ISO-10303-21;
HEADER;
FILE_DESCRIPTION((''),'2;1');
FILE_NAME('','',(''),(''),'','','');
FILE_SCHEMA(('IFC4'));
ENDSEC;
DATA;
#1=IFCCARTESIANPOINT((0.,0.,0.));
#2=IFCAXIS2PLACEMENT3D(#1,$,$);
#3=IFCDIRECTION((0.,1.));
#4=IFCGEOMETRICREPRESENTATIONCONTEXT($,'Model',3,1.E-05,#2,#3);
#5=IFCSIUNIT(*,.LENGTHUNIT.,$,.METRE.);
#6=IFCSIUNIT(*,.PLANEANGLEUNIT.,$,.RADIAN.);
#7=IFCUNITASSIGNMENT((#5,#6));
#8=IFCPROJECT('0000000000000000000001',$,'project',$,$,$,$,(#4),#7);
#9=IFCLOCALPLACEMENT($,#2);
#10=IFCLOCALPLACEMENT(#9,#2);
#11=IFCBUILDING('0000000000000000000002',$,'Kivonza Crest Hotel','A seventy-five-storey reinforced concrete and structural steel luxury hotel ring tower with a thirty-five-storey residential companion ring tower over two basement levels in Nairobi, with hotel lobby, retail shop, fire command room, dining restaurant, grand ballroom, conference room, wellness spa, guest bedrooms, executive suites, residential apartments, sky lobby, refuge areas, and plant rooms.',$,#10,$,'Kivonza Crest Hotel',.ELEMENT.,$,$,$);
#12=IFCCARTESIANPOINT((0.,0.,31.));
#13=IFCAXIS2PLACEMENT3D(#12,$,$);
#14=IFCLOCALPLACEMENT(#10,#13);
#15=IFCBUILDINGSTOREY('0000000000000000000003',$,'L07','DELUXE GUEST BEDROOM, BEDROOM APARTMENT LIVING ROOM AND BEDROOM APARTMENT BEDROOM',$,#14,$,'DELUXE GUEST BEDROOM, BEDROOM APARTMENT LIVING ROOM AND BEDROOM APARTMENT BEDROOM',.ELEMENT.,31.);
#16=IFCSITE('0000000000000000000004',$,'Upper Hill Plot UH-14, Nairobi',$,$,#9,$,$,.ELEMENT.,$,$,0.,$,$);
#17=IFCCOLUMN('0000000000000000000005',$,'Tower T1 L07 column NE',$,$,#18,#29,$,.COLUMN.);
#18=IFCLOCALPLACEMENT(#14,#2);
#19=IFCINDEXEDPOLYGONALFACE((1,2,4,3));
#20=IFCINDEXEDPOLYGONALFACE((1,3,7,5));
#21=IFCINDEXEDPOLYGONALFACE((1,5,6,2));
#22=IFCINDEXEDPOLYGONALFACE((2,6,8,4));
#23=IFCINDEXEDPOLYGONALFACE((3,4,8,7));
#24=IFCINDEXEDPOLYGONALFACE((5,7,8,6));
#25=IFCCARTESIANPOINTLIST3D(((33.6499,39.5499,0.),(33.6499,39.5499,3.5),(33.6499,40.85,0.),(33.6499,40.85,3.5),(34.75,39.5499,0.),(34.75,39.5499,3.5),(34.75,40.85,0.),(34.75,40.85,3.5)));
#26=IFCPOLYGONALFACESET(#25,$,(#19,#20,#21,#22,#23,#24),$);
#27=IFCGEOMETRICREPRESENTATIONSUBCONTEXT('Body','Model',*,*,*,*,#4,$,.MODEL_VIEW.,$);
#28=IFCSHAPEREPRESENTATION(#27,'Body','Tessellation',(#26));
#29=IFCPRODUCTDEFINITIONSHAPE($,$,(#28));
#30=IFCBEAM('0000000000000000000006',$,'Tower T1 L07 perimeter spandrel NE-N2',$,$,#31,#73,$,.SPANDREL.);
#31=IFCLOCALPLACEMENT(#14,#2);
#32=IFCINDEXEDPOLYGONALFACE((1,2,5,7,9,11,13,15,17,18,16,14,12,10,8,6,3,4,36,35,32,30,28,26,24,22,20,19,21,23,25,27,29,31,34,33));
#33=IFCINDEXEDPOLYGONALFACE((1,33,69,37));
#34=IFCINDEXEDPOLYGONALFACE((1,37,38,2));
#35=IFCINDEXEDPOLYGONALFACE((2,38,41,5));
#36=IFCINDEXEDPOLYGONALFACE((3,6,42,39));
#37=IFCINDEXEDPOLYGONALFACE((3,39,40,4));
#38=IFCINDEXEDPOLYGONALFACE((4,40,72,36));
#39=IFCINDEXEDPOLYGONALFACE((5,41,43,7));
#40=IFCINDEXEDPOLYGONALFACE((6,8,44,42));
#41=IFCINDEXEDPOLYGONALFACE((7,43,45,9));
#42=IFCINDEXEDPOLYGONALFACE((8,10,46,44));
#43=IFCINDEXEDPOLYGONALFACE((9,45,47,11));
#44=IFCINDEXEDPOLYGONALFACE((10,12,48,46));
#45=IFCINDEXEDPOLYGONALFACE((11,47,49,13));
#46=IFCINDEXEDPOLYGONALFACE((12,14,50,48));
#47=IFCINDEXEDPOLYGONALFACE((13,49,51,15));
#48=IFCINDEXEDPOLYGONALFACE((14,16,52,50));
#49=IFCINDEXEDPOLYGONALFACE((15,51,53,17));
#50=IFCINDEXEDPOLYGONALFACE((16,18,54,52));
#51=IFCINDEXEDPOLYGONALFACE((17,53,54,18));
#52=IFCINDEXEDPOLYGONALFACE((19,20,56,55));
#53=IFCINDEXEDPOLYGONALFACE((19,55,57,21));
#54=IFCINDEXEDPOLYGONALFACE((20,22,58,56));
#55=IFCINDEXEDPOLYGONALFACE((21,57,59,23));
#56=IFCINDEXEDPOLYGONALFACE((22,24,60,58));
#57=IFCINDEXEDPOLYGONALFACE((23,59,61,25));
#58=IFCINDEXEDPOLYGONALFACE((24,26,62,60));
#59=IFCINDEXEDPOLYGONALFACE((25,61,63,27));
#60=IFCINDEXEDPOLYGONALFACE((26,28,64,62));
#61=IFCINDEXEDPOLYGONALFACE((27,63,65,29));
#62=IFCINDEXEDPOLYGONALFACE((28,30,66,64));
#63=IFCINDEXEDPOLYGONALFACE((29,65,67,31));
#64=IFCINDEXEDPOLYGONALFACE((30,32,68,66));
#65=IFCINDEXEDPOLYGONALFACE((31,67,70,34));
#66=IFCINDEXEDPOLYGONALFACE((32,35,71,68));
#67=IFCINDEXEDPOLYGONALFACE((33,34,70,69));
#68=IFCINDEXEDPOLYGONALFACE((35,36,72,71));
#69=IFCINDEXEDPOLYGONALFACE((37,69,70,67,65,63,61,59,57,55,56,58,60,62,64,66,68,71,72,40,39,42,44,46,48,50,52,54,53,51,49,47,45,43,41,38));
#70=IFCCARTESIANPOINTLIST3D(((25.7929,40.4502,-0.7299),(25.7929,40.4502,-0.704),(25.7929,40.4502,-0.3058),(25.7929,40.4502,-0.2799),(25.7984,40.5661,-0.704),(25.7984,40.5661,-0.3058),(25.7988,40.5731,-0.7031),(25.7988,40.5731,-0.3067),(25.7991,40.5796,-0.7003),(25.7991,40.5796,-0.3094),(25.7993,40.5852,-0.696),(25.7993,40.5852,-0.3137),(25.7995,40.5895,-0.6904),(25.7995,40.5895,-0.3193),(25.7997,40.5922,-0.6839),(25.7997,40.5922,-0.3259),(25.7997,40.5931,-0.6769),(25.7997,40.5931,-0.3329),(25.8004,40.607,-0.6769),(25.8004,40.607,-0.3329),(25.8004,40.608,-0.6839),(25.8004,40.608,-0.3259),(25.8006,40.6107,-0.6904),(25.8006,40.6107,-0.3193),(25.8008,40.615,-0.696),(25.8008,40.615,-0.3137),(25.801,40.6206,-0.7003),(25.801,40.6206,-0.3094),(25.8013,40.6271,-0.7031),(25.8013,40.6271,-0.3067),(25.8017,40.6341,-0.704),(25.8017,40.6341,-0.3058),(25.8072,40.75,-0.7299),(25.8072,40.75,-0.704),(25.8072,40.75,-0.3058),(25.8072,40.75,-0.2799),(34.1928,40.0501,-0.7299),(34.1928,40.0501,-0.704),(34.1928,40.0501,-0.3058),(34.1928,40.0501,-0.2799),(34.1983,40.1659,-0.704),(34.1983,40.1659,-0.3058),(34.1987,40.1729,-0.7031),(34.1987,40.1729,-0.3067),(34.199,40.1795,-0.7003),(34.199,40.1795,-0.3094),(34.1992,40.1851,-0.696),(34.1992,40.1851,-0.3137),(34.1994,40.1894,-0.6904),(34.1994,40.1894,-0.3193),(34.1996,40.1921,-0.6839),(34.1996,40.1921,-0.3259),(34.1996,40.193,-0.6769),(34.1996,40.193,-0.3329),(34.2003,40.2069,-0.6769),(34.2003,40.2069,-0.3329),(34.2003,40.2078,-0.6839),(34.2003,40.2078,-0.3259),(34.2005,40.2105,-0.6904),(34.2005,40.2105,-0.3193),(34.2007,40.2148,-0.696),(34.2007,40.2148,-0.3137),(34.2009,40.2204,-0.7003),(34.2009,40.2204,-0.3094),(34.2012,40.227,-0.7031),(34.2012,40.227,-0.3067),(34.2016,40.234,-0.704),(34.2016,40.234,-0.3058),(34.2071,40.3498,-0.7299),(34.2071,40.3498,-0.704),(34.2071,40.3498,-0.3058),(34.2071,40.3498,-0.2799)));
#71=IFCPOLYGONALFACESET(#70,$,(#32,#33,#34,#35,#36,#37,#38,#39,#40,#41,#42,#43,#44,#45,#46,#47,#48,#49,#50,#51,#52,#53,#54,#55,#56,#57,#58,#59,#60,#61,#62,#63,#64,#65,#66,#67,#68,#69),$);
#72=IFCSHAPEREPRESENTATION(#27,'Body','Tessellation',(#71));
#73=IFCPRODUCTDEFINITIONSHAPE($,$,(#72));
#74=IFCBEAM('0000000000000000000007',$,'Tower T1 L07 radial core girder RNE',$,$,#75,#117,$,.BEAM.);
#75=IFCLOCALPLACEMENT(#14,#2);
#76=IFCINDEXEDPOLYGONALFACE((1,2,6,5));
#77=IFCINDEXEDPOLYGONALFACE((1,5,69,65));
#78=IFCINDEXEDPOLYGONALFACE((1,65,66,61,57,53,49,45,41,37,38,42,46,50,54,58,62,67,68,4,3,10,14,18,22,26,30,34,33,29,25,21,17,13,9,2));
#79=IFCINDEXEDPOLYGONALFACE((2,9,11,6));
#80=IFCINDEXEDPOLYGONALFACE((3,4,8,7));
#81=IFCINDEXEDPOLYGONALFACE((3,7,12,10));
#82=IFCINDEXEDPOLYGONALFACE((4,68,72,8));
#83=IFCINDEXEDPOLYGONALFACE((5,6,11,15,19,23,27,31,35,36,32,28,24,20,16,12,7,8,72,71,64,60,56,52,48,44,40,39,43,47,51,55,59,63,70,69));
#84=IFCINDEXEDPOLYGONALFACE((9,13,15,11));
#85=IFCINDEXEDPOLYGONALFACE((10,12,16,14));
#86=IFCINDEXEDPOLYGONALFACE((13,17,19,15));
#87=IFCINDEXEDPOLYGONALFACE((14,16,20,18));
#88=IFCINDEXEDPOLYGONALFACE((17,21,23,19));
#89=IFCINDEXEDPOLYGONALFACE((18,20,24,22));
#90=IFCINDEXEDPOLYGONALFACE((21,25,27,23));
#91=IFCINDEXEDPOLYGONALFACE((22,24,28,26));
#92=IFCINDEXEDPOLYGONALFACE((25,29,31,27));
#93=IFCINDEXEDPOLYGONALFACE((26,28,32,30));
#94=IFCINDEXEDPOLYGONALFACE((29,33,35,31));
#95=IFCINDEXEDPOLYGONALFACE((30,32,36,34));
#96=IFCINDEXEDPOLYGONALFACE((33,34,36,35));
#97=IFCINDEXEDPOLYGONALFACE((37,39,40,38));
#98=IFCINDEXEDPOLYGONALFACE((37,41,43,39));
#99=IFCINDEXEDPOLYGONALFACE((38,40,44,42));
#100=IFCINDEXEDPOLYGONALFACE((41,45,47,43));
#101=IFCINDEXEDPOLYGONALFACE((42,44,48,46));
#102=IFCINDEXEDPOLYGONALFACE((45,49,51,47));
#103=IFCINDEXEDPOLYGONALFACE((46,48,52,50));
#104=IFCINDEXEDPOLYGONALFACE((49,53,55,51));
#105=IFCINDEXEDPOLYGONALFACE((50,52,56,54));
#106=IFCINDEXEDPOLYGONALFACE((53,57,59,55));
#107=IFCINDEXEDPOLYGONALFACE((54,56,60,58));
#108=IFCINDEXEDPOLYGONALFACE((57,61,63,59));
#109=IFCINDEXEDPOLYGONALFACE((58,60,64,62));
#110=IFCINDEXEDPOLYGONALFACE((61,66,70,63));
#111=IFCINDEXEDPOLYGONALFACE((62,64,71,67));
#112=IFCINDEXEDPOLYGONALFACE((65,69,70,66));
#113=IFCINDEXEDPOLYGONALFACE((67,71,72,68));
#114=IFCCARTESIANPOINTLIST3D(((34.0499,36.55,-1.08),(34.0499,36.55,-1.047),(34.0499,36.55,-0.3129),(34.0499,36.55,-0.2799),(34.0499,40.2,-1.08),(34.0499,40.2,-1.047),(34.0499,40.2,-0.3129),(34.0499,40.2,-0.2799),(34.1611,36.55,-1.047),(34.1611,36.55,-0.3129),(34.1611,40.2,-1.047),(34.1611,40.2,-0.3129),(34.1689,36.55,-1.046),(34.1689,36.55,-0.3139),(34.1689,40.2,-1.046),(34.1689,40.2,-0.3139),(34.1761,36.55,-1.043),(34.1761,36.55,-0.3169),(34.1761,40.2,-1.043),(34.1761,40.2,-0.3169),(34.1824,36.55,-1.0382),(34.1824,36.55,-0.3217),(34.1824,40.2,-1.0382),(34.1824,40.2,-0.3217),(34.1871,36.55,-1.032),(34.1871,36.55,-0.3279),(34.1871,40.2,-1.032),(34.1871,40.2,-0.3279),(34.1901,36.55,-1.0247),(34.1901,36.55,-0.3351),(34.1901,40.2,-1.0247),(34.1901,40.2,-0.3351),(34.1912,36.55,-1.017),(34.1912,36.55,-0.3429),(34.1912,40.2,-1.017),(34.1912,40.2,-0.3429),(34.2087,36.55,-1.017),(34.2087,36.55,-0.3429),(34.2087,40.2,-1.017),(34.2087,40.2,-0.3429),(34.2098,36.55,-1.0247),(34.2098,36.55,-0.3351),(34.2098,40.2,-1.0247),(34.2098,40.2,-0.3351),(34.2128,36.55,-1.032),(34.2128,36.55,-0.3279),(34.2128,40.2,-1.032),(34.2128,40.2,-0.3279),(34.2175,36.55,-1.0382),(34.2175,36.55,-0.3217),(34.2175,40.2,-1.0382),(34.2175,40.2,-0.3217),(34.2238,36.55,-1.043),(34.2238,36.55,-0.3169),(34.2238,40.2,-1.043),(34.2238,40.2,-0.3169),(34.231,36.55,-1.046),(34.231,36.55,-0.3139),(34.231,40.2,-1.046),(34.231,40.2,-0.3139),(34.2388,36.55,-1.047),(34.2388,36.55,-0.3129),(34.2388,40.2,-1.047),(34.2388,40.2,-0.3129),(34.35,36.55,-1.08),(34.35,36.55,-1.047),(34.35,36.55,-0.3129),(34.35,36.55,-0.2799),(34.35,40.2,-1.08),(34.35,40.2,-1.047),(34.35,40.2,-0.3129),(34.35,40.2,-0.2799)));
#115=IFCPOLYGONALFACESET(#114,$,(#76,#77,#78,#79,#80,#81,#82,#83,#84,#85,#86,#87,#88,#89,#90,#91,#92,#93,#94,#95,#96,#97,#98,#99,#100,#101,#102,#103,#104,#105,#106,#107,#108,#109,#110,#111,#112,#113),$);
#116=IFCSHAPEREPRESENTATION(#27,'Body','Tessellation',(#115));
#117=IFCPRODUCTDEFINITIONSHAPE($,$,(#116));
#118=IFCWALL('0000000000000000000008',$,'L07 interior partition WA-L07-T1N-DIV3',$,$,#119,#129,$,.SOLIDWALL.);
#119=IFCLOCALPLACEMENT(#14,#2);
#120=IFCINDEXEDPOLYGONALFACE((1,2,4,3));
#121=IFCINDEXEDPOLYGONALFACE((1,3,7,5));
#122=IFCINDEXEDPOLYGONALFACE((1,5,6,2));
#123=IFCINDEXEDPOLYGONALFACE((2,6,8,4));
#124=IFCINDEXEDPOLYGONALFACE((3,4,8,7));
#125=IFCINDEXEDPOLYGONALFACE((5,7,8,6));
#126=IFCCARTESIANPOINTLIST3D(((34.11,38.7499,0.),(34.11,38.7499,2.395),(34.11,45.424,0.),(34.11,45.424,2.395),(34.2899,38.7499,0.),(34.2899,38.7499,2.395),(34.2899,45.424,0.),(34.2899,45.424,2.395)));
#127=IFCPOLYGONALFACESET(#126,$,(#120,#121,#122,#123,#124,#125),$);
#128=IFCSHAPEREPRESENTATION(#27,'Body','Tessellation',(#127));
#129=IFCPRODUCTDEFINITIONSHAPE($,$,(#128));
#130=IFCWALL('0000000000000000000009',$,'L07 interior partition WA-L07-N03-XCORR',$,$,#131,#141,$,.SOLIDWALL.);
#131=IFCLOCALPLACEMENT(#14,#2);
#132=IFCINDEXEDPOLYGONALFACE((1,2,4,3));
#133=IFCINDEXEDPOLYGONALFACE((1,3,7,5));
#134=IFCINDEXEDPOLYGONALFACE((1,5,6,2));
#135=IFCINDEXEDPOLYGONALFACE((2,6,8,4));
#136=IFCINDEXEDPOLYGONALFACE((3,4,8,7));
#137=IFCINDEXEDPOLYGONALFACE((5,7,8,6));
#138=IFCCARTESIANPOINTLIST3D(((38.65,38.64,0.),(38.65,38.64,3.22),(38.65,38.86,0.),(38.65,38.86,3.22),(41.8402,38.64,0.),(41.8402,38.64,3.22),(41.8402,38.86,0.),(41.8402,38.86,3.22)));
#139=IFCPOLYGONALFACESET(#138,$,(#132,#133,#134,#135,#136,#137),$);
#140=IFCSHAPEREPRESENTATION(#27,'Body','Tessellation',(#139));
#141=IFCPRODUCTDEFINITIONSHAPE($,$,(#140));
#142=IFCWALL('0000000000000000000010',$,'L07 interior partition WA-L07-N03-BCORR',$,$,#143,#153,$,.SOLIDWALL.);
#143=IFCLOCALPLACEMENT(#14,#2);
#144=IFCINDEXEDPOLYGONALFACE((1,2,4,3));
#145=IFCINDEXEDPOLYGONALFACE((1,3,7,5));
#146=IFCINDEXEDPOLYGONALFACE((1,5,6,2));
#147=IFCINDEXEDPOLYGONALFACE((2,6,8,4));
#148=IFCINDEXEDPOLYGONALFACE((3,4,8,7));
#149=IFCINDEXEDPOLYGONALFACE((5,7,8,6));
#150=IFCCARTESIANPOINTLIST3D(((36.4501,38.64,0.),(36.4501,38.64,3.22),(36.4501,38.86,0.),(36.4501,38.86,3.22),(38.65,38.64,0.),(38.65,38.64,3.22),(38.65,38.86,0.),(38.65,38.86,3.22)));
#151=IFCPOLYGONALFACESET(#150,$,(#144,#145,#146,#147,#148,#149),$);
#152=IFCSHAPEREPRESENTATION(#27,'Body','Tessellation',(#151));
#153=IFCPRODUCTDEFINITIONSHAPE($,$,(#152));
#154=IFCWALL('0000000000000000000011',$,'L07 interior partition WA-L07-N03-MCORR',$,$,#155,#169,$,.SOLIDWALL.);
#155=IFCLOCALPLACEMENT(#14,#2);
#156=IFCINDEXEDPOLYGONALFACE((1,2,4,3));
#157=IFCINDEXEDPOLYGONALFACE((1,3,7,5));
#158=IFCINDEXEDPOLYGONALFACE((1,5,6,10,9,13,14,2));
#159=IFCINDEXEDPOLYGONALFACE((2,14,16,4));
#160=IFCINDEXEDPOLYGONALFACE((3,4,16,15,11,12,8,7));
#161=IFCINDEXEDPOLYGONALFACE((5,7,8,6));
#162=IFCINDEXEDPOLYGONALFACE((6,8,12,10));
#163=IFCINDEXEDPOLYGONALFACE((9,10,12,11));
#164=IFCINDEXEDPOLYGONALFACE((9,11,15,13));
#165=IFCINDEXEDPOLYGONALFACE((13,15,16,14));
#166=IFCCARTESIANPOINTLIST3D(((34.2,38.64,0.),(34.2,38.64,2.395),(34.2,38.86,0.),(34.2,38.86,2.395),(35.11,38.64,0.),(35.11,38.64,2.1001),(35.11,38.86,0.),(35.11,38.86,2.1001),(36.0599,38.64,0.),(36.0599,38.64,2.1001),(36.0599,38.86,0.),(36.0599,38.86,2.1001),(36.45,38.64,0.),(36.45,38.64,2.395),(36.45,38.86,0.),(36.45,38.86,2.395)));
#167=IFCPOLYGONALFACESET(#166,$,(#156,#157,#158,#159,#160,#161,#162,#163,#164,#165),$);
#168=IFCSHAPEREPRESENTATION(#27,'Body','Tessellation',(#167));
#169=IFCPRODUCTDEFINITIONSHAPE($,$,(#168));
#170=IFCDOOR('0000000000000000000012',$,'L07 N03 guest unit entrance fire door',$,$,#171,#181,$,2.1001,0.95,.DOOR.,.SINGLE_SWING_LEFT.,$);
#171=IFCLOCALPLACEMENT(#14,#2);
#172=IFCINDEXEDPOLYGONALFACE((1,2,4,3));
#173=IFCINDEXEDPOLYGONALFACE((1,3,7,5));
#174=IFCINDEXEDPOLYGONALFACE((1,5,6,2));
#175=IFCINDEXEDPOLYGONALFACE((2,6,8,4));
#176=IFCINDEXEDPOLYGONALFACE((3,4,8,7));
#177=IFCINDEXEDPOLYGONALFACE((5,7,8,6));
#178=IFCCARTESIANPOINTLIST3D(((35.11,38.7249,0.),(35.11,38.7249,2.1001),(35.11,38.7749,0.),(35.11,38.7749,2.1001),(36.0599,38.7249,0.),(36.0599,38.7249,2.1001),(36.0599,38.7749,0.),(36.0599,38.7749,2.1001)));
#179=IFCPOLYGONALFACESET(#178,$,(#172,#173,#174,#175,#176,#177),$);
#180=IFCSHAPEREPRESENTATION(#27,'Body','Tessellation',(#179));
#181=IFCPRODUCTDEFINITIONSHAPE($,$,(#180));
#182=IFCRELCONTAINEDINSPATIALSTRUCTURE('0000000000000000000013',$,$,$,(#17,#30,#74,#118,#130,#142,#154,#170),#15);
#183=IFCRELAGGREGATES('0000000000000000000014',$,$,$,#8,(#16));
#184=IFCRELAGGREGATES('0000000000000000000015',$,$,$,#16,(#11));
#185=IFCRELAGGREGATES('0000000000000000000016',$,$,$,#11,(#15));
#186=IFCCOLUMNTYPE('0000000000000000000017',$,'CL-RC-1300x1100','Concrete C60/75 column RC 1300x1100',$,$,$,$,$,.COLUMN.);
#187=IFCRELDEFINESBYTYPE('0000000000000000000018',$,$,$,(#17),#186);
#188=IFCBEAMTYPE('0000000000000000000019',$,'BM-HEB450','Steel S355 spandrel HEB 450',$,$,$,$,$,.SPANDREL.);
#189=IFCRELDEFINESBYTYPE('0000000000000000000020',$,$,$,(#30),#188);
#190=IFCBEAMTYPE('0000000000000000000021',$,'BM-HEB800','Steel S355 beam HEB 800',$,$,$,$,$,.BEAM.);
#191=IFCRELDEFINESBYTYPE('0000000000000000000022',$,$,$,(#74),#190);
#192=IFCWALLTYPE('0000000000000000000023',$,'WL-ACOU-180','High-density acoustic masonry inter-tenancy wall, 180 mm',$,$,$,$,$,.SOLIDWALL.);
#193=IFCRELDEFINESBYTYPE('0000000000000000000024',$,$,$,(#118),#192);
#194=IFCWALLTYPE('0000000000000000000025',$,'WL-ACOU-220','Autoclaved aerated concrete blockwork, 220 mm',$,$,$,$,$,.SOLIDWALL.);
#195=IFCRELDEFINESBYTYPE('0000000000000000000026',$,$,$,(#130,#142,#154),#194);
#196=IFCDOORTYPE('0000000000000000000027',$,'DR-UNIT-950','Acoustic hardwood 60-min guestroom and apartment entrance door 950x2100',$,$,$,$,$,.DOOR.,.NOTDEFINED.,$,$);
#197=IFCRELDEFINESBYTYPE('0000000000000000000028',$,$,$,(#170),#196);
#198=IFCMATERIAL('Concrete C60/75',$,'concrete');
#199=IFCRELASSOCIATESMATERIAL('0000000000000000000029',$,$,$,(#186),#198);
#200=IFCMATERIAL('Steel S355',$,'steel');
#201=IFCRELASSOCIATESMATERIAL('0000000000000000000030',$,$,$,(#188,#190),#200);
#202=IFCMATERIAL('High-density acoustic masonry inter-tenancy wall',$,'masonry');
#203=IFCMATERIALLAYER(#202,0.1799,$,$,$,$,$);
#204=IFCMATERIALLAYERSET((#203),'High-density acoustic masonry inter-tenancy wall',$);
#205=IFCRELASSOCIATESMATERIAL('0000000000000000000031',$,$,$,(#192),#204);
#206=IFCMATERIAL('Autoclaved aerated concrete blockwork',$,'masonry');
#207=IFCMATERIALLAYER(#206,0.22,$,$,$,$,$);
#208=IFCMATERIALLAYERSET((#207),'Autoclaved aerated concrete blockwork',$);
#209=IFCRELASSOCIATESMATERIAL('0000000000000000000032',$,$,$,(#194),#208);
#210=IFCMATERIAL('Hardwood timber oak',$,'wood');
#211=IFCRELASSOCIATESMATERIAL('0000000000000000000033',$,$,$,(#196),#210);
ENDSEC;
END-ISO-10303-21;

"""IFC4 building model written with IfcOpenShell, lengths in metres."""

from ifc_helpers import new_model, si_unit, direction, frame, frame_2d, origin, origin_2d, place, context, subcontext, project, spatial, rectangle, i_section, extrude, material, layer, layer_set, material_profile, profile_set, type_object, element, fill, save


model = new_model("IFC4")

# Units and contexts
model_context = context("Model", 3, precision=1e-05, world=origin(), true_north=direction((0.0, 1.0)))
body_context = subcontext(model_context, "Body", "Model", "MODEL_VIEW")
ifc_project = project(units=[si_unit("LENGTHUNIT", "METRE"), si_unit("PLANEANGLEUNIT", "RADIAN")], contexts=[model_context])

# Site, building, storey
site_placement = place(None, origin())
site = spatial("IfcSite", under=ifc_project, at=site_placement, Name="Upper Hill Plot UH-14, Nairobi", CompositionType="ELEMENT", RefElevation=0.0)
building_placement = place(site_placement, origin())
building = spatial("IfcBuilding", under=site, at=building_placement, Name="Kivonza Crest Hotel", Description="A seventy-five-storey reinforced concrete and structural steel luxury hotel ring tower with a thirty-five-storey residential companion ring tower over two basement levels in Nairobi, with hotel lobby, retail shop, fire command room, dining restaurant, grand ballroom, conference room, wellness spa, guest bedrooms, executive suites, residential apartments, sky lobby, refuge areas, and plant rooms.", LongName="Kivonza Crest Hotel", CompositionType="ELEMENT")
storey_placement = place(building_placement, frame((0.0, 0.0, 31.0)))
storey = spatial("IfcBuildingStorey", under=building, at=storey_placement, Name="L07", Description="DELUXE GUEST BEDROOM, BEDROOM APARTMENT LIVING ROOM AND BEDROOM APARTMENT BEDROOM", LongName="DELUXE GUEST BEDROOM, BEDROOM APARTMENT LIVING ROOM AND BEDROOM APARTMENT BEDROOM", CompositionType="ELEMENT", Elevation=31.0)

# Column
ifc_material_1 = material(Name="Concrete C60/75", Category="concrete")
ifc_material_profile_1 = material_profile(ifc_material_1, rectangle(XDim=1.1001, YDim=1.3, at=origin_2d()), Name="RC 1300x1100")
ifc_profile_set_1 = profile_set([ifc_material_profile_1], Name="Concrete C60/75")
column_type = type_object("IfcColumnType", Name="CL-RC-1300x1100", Description="Concrete C60/75 column RC 1300x1100", PredefinedType="COLUMN", material=ifc_profile_set_1)
column_placement = place(storey_placement, frame((34.2, 40.2, 0.0), z_axis=(0.0, 0.0, 1.0), x_axis=(1.0, 0.0, 0.0)))
element("IfcColumn", 1, at=column_placement, inside=storey, type_object=column_type, Name="Tower T1 L07 column NE", PredefinedType="COLUMN", context=body_context, shape_type="SweptSolid", body=[
    extrude(rectangle(XDim=1.1001, YDim=1.3, at=origin_2d()), origin(), (0.0, 0.0, 1.0), 3.5),
])

# Beams
ifc_material_2 = material(Name="Steel S355", Category="steel")
ifc_material_profile_2 = material_profile(ifc_material_2, i_section(OverallWidth=0.3, OverallDepth=0.45, WebThickness=0.0139, FlangeThickness=0.0259, FilletRadius=0.0271, at=origin_2d()), Name="HEB 450")
ifc_profile_set_2 = profile_set([ifc_material_profile_2], Name="Steel S355")
beam_type_1 = type_object("IfcBeamType", Name="BM-HEB450", Description="Steel S355 spandrel HEB 450", PredefinedType="SPANDREL", material=ifc_profile_set_2)
beam_1_placement = place(storey_placement, frame((34.2, 40.2, -0.5049), z_axis=(-0.998867, 0.047583, 0.0), x_axis=(-0.047583, -0.998867, 0.0)))
element("IfcBeam", 2, at=beam_1_placement, inside=storey, type_object=beam_type_1, Name="Tower T1 L07 perimeter spandrel NE-N2", PredefinedType="SPANDREL", context=body_context, shape_type="SweptSolid", body=[
    extrude(i_section(OverallWidth=0.3, OverallDepth=0.45, WebThickness=0.0139, FlangeThickness=0.0259, FilletRadius=0.0271, at=origin_2d()), origin(), (0.0, 0.0, 1.0), 8.4094),
])
ifc_material_profile_3 = material_profile(ifc_material_2, i_section(OverallWidth=0.3, OverallDepth=0.8, WebThickness=0.0176, FlangeThickness=0.033, FilletRadius=0.03, at=origin_2d()), Name="HEB 800")
ifc_profile_set_3 = profile_set([ifc_material_profile_3], Name="Steel S355")
beam_type_2 = type_object("IfcBeamType", Name="BM-HEB800", Description="Steel S355 beam HEB 800", PredefinedType="BEAM", material=ifc_profile_set_3)
beam_2_placement = place(storey_placement, frame((34.2, 40.2, -0.6799), z_axis=(0.0, -1.0, 0.0), x_axis=(1.0, 0.0, 0.0)))
element("IfcBeam", 3, at=beam_2_placement, inside=storey, type_object=beam_type_2, Name="Tower T1 L07 radial core girder RNE", PredefinedType="BEAM", context=body_context, shape_type="SweptSolid", body=[
    extrude(i_section(OverallWidth=0.3, OverallDepth=0.8, WebThickness=0.0176, FlangeThickness=0.033, FilletRadius=0.03, at=origin_2d()), origin(), (0.0, 0.0, 1.0), 3.6499),
])

# Walls
ifc_material_3 = material(Name="High-density acoustic masonry inter-tenancy wall", Category="masonry")
ifc_layer_1 = layer(ifc_material_3, 0.1799)
ifc_layer_set_1 = layer_set([ifc_layer_1], Name="High-density acoustic masonry inter-tenancy wall")
wall_type_1 = type_object("IfcWallType", Name="WL-ACOU-180", Description="High-density acoustic masonry inter-tenancy wall, 180 mm", PredefinedType="SOLIDWALL", material=ifc_layer_set_1)
wall_1_placement = place(storey_placement, frame((34.2, 38.75, 0.0), z_axis=(0.0, 0.0, 1.0), x_axis=(0.0, 1.0, 0.0)))
element("IfcWall", 4, at=wall_1_placement, inside=storey, type_object=wall_type_1, Name="L07 interior partition WA-L07-T1N-DIV3", PredefinedType="SOLIDWALL", context=body_context, shape_type="SweptSolid", body=[
    extrude(rectangle(XDim=6.6741, YDim=0.1799, at=frame_2d((3.3369, 0.0))), origin(), (0.0, 0.0, 1.0), 2.395),
])
ifc_material_4 = material(Name="Autoclaved aerated concrete blockwork", Category="masonry")
ifc_layer_2 = layer(ifc_material_4, 0.22)
ifc_layer_set_2 = layer_set([ifc_layer_2], Name="Autoclaved aerated concrete blockwork")
wall_type_2 = type_object("IfcWallType", Name="WL-ACOU-220", Description="Autoclaved aerated concrete blockwork, 220 mm", PredefinedType="SOLIDWALL", material=ifc_layer_set_2)
wall_2_placement = place(storey_placement, frame((38.6499, 38.75, 0.0), z_axis=(0.0, 0.0, 1.0), x_axis=(1.0, 0.0, 0.0)))
element("IfcWall", 5, at=wall_2_placement, inside=storey, type_object=wall_type_2, Name="L07 interior partition WA-L07-N03-XCORR", PredefinedType="SOLIDWALL", context=body_context, shape_type="SweptSolid", body=[
    extrude(rectangle(XDim=3.1902, YDim=0.22, at=frame_2d((1.5952, 0.0))), origin(), (0.0, 0.0, 1.0), 3.22),
])
wall_3_placement = place(storey_placement, frame((36.45, 38.75, 0.0), z_axis=(0.0, 0.0, 1.0), x_axis=(1.0, 0.0, 0.0)))
element("IfcWall", 6, at=wall_3_placement, inside=storey, type_object=wall_type_2, Name="L07 interior partition WA-L07-N03-BCORR", PredefinedType="SOLIDWALL", context=body_context, shape_type="SweptSolid", body=[
    extrude(rectangle(XDim=2.2, YDim=0.22, at=frame_2d((1.1001, 0.0))), origin(), (0.0, 0.0, 1.0), 3.22),
])

# Wall, opening, door
wall_4_placement = place(storey_placement, frame((34.2, 38.75, 0.0), z_axis=(0.0, 0.0, 1.0), x_axis=(1.0, 0.0, 0.0)))
wall_4 = element("IfcWall", 7, at=wall_4_placement, inside=storey, type_object=wall_type_2, Name="L07 interior partition WA-L07-N03-MCORR", PredefinedType="SOLIDWALL", context=body_context, shape_type="SweptSolid", body=[
    extrude(rectangle(XDim=2.25, YDim=0.22, at=frame_2d((1.125, 0.0))), origin(), (0.0, 0.0, 1.0), 2.395),
])
opening_1_placement = place(wall_4_placement, frame((0.9099, 0.0, 0.0)))
opening_1 = element("IfcOpeningElement", 8, at=opening_1_placement, cuts=wall_4, PredefinedType="OPENING", context=body_context, shape_type="SweptSolid", body=[
    extrude(rectangle(XDim=0.95, YDim=2.1001, at=frame_2d((0.4751, 1.05))), frame((0.0, 0.1201, 0.0), z_axis=(0.0, -1.0, 0.0), x_axis=(1.0, 0.0, 0.0)), (0.0, 0.0, 1.0), 0.24),
])
ifc_material_5 = material(Name="Hardwood timber oak", Category="wood")
door_type_1 = type_object("IfcDoorType", Name="DR-UNIT-950", Description="Acoustic hardwood 60-min guestroom and apartment entrance door 950x2100", OperationType="NOTDEFINED", PredefinedType="DOOR", material=ifc_material_5)
door_1_placement = place(opening_1_placement, origin())
door_1 = element("IfcDoor", 9, at=door_1_placement, inside=storey, type_object=door_type_1, Name="L07 N03 guest unit entrance fire door", OperationType="SINGLE_SWING_LEFT", OverallHeight=2.1001, OverallWidth=0.95, PredefinedType="DOOR", context=body_context, shape_type="SweptSolid", body=[
    extrude(rectangle(XDim=0.95, YDim=2.1001, at=frame_2d((0.4751, 1.05))), frame((0.0, 0.0249, 0.0), z_axis=(0.0, -1.0, 0.0), x_axis=(1.0, 0.0, 0.0)), (0.0, 0.0, 1.0), 0.05),
])
fill(opening_1, door_1)

save(model, "model.ifc")
